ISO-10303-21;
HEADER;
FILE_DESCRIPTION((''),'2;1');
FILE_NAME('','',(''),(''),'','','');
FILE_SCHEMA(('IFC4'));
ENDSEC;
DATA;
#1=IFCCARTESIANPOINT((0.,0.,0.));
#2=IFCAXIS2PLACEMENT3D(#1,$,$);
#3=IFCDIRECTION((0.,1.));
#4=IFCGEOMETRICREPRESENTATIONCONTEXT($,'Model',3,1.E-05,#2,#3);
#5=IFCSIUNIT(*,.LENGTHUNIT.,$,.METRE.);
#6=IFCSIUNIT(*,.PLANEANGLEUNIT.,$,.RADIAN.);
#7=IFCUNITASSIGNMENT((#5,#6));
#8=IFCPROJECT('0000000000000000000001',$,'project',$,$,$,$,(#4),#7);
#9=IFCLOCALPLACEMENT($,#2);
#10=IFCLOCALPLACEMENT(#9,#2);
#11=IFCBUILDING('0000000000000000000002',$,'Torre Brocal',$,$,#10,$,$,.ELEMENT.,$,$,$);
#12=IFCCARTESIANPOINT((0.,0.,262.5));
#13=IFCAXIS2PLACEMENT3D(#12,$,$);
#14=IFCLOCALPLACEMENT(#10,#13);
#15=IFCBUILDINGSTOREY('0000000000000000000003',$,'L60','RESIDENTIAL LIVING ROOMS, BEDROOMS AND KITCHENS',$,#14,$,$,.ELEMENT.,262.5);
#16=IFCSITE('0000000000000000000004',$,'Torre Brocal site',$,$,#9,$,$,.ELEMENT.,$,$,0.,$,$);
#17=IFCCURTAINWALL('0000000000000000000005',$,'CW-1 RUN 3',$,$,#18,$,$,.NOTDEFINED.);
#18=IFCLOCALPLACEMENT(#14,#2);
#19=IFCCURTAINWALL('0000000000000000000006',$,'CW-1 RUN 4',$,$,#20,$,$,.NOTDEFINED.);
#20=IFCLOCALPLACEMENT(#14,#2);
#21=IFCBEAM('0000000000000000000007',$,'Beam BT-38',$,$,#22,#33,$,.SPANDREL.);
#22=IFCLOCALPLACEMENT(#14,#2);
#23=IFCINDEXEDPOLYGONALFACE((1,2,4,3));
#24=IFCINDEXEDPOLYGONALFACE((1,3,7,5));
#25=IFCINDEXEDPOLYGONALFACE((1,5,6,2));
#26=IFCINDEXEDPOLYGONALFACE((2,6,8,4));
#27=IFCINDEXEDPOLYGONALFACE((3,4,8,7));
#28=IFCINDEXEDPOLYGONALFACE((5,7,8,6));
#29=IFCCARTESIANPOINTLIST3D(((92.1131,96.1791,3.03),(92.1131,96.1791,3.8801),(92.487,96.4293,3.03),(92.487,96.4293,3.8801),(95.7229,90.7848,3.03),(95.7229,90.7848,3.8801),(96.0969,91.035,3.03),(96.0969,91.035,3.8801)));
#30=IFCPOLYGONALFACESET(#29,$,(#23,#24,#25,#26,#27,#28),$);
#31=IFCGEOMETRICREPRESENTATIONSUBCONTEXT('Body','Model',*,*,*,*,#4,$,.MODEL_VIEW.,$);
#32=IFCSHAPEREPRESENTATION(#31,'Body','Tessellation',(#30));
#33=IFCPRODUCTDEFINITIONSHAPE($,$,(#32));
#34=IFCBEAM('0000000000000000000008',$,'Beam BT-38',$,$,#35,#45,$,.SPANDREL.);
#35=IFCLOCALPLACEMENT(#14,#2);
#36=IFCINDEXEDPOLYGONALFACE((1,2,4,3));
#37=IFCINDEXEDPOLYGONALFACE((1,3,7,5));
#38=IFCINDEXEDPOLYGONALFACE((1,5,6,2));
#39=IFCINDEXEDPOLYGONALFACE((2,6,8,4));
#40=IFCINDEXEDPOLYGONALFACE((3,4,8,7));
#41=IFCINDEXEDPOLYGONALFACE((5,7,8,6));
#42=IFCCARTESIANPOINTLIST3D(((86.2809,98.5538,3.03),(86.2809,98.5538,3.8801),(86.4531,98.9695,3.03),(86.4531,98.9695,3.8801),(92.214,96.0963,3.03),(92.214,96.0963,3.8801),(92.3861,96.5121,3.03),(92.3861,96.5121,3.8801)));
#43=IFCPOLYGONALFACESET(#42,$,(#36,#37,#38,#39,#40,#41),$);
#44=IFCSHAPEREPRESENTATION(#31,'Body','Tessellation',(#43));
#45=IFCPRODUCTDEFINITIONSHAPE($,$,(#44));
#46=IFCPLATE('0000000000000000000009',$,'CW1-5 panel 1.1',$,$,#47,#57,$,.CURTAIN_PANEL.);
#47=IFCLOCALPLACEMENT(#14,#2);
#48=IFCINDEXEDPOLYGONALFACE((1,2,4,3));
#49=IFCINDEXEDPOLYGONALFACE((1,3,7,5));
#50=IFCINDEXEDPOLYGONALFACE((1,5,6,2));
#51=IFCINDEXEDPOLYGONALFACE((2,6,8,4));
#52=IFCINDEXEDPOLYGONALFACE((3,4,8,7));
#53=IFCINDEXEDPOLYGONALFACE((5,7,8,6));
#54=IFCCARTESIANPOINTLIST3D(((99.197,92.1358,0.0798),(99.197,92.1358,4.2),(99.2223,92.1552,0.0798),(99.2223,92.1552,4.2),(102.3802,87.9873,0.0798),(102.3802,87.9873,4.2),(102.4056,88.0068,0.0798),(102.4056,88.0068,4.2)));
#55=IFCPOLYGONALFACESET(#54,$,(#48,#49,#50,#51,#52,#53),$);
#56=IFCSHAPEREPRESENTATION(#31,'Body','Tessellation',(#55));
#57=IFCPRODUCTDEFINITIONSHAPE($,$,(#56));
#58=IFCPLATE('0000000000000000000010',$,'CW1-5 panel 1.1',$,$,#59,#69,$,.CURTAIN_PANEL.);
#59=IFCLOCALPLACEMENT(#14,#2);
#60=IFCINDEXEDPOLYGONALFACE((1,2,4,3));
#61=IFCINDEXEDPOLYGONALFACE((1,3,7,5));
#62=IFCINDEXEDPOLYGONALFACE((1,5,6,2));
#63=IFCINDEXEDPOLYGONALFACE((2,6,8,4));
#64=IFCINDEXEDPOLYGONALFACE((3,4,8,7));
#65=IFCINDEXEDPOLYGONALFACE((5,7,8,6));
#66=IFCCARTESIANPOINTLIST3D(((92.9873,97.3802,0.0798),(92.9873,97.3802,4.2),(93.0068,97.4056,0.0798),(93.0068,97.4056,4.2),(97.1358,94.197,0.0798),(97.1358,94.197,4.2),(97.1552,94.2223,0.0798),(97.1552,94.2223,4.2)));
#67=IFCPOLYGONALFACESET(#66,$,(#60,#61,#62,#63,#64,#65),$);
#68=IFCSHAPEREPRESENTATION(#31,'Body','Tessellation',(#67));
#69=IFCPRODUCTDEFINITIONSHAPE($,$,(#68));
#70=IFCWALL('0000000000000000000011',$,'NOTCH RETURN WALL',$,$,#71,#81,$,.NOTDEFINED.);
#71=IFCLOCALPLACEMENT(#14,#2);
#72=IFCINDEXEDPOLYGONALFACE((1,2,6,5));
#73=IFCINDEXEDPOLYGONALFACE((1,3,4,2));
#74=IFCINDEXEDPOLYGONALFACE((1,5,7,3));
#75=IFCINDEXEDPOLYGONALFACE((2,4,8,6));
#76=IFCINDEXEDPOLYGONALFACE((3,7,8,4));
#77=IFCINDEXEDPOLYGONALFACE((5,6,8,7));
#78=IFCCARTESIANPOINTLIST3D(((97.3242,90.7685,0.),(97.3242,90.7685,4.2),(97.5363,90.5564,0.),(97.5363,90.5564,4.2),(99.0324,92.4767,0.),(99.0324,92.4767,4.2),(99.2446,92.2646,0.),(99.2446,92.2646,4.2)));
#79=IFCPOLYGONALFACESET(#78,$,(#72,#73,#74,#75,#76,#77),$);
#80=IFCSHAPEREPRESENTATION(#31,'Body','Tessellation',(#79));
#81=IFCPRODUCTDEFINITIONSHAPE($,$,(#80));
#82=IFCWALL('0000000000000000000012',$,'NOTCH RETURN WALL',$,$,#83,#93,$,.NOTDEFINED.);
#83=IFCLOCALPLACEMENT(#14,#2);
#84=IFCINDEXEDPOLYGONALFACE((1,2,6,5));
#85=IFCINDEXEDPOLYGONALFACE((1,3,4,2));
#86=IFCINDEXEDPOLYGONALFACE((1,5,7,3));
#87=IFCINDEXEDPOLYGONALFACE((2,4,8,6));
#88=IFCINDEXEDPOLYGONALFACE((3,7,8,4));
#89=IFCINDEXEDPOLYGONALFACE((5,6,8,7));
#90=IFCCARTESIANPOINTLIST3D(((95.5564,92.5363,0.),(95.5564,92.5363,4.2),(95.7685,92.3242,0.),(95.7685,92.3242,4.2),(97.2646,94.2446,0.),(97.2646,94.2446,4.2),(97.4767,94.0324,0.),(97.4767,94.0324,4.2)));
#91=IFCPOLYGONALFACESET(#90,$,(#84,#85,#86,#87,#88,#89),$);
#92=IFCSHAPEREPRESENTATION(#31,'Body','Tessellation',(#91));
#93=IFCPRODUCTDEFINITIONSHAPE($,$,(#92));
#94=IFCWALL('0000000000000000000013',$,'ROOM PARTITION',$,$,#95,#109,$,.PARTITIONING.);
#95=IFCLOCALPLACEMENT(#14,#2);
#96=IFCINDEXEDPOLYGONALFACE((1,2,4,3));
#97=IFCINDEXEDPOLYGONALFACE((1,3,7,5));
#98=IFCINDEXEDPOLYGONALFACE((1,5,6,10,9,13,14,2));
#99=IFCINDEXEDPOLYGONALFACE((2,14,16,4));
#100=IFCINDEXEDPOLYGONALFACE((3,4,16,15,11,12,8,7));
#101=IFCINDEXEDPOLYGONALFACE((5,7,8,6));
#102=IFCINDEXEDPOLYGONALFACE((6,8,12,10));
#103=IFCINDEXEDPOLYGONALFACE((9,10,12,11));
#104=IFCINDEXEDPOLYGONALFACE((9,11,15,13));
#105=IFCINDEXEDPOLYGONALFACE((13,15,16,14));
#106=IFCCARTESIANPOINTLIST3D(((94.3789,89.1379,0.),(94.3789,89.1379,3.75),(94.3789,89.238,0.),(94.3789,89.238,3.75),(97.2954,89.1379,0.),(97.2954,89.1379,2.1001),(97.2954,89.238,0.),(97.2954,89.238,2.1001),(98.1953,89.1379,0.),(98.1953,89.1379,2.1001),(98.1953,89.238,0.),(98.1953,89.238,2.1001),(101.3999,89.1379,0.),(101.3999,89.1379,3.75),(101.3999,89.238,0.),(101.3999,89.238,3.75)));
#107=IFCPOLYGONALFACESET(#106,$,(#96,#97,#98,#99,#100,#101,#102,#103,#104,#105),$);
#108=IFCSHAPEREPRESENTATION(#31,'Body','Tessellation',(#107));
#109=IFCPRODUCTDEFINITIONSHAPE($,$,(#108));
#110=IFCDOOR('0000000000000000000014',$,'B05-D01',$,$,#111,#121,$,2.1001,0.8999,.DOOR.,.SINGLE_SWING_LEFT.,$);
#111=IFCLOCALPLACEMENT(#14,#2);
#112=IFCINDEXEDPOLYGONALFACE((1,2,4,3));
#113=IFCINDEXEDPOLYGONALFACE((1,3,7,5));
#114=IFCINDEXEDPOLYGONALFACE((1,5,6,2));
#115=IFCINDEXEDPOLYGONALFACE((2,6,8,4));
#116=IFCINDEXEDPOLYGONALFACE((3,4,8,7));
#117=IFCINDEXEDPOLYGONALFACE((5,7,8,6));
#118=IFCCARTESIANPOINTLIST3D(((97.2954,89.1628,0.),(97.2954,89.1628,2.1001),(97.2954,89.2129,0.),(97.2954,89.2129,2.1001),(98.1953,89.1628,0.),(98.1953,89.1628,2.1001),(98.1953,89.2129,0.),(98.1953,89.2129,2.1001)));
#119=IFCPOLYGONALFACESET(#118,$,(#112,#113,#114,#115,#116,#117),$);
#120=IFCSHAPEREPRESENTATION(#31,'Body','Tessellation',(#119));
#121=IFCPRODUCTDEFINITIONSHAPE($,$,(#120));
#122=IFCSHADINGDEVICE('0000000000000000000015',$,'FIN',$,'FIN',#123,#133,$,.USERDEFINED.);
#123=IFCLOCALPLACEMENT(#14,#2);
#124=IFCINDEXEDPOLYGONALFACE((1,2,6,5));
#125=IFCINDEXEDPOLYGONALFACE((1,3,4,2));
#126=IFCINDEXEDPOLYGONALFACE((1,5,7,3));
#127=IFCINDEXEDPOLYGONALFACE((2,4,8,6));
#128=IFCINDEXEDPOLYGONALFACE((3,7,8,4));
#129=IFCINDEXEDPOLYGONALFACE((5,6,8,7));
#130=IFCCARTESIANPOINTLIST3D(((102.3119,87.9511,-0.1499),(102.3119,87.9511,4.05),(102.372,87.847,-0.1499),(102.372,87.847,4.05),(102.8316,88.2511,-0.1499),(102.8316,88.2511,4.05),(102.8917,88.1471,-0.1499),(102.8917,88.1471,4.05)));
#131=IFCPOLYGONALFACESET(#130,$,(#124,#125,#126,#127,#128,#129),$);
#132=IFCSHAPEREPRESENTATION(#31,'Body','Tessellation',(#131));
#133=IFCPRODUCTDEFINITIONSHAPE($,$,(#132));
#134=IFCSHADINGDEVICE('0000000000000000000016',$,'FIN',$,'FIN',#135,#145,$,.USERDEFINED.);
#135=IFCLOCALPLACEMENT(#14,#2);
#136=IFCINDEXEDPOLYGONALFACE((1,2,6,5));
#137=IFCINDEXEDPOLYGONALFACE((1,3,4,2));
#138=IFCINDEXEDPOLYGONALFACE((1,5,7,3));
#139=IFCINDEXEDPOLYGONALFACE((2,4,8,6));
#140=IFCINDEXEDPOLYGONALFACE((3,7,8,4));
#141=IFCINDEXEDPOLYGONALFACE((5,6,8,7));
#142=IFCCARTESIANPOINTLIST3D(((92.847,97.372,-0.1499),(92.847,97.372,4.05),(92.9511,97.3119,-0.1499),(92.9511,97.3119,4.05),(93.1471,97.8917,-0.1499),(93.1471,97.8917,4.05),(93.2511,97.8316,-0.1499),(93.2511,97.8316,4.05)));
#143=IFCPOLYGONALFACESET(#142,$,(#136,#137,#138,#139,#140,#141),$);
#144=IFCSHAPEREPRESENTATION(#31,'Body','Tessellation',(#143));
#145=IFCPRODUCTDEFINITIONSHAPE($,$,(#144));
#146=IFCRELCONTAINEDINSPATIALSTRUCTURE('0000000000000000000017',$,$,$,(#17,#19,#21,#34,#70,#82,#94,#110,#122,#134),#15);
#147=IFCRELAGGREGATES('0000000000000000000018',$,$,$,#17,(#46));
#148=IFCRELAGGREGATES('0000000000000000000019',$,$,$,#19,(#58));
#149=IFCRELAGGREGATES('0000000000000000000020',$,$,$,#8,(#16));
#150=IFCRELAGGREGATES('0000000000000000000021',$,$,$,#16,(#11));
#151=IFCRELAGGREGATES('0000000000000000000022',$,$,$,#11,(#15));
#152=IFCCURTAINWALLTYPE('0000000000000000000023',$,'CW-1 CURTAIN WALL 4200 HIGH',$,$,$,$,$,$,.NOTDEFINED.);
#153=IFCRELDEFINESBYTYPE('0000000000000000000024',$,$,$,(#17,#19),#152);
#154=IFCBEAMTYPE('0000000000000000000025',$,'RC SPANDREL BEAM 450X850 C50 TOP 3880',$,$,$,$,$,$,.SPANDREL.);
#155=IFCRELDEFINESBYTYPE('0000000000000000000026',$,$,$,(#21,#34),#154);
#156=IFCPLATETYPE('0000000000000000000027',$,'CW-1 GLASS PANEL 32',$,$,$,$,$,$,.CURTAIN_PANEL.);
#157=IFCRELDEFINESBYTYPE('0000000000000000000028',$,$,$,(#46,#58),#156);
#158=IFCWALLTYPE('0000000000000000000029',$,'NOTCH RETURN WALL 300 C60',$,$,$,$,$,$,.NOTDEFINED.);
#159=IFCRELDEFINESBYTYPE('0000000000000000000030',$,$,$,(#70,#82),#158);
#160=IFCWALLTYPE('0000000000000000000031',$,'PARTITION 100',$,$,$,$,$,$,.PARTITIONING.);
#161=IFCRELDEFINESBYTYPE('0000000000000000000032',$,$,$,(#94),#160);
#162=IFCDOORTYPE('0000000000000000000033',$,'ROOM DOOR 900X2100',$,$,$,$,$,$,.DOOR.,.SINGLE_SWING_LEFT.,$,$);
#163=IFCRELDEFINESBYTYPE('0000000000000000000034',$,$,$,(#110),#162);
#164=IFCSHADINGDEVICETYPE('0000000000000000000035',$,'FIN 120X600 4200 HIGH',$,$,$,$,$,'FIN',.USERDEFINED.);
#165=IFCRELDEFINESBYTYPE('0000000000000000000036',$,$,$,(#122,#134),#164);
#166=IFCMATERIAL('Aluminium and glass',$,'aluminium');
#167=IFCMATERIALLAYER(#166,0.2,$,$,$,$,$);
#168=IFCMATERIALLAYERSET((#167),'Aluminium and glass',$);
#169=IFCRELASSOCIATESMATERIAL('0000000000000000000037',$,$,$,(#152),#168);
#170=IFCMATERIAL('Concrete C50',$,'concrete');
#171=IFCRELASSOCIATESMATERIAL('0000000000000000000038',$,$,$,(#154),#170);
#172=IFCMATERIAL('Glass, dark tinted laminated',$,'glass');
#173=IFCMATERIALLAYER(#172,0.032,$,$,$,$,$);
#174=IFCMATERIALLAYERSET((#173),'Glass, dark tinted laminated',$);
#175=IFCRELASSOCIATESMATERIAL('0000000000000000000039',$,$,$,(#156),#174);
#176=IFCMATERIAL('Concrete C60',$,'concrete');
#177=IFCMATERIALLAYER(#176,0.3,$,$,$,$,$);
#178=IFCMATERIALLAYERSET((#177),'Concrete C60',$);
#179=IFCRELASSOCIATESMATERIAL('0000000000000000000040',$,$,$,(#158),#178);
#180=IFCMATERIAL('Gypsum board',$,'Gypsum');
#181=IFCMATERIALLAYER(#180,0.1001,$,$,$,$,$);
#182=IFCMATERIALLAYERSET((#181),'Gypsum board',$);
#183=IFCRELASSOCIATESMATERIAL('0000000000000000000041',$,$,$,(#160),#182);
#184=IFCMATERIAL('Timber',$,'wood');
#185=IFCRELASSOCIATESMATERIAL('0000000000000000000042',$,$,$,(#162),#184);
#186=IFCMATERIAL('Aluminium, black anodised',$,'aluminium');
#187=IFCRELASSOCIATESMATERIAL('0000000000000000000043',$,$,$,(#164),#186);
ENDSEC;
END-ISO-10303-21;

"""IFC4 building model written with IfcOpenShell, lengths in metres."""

from ifc_helpers import new_model, si_unit, direction, frame, frame_2d, origin, origin_2d, place, context, subcontext, project, spatial, rectangle, extrude, material, layer, layer_set, material_profile, profile_set, type_object, element, fill, aggregate, save


model = new_model("IFC4")

# Units and contexts
model_context = context("Model", 3, precision=1e-05, world=origin(), true_north=direction((0.0, 1.0)))
body_context = subcontext(model_context, "Body", "Model", "MODEL_VIEW")
ifc_project = project(units=[si_unit("LENGTHUNIT", "METRE"), si_unit("PLANEANGLEUNIT", "RADIAN")], contexts=[model_context])

# Site, building, storey
site_placement = place(None, origin())
site = spatial("IfcSite", under=ifc_project, at=site_placement, Name="Torre Brocal site", CompositionType="ELEMENT", RefElevation=0.0)
building_placement = place(site_placement, origin())
building = spatial("IfcBuilding", under=site, at=building_placement, Name="Torre Brocal", CompositionType="ELEMENT")
storey_placement = place(building_placement, frame((0.0, 0.0, 262.5)))
storey = spatial("IfcBuildingStorey", under=building, at=storey_placement, Name="L60", Description="RESIDENTIAL LIVING ROOMS, BEDROOMS AND KITCHENS", CompositionType="ELEMENT", Elevation=262.5)

# Shared definitions
ifc_material_1 = material(Name="Aluminium and glass", Category="aluminium")
ifc_layer_1 = layer(ifc_material_1, 0.2)
ifc_layer_set_1 = layer_set([ifc_layer_1], Name="Aluminium and glass")
curtain_wall_type = type_object("IfcCurtainWallType", Name="CW-1 CURTAIN WALL 4200 HIGH", PredefinedType="NOTDEFINED", material=ifc_layer_set_1)

# Curtain walls
curtain_wall_1_placement = place(storey_placement, origin())
curtain_wall_1 = element("IfcCurtainWall", 1, at=curtain_wall_1_placement, inside=storey, type_object=curtain_wall_type, Name="CW-1 RUN 3", PredefinedType="NOTDEFINED")
curtain_wall_2_placement = place(storey_placement, origin())
curtain_wall_2 = element("IfcCurtainWall", 2, at=curtain_wall_2_placement, inside=storey, type_object=curtain_wall_type, Name="CW-1 RUN 4", PredefinedType="NOTDEFINED")

# Beams
ifc_material_2 = material(Name="Concrete C50", Category="concrete")
ifc_material_profile_1 = material_profile(ifc_material_2, rectangle(XDim=0.45, YDim=0.8501, at=origin_2d()), Name="RC 450X850")
ifc_profile_set_1 = profile_set([ifc_material_profile_1], Name="Concrete C50")
beam_type_1 = type_object("IfcBeamType", Name="RC SPANDREL BEAM 450X850 C50 TOP 3880", PredefinedType="SPANDREL", material=ifc_profile_set_1)
beam_1_placement = place(storey_placement, frame((95.9099, 90.9099, 3.4551), z_axis=(-0.556158, 0.831077, 0.0), x_axis=(-0.831077, -0.556158, 0.0)))
element("IfcBeam", 3, at=beam_1_placement, inside=storey, type_object=beam_type_1, Name="Beam BT-38", PredefinedType="SPANDREL", context=body_context, shape_type="SweptSolid", body=[
    extrude(rectangle(XDim=0.45, YDim=0.8501, at=origin_2d()), origin(), (0.0, 0.0, 1.0), 6.4907),
])
beam_2_placement = place(storey_placement, frame((92.3, 96.3042, 3.4551), z_axis=(-0.923882, 0.382676, 0.0), x_axis=(-0.382676, -0.923882, 0.0)))
element("IfcBeam", 4, at=beam_2_placement, inside=storey, type_object=beam_type_1, Name="Beam BT-38", PredefinedType="SPANDREL", context=body_context, shape_type="SweptSolid", body=[
    extrude(rectangle(XDim=0.45, YDim=0.8501, at=origin_2d()), origin(), (0.0, 0.0, 1.0), 6.4219),
])

# Plates
ifc_material_3 = material(Name="Glass, dark tinted laminated", Category="glass")
ifc_layer_2 = layer(ifc_material_3, 0.032)
ifc_layer_set_2 = layer_set([ifc_layer_2], Name="Glass, dark tinted laminated")
plate_type = type_object("IfcPlateType", Name="CW-1 GLASS PANEL 32", PredefinedType="CURTAIN_PANEL", material=ifc_layer_set_2)
plate_1_placement = place(storey_placement, frame((100.8013, 90.0713, 0.0798), z_axis=(0.0, 0.0, 1.0), x_axis=(-0.608761, 0.793353, 0.0)))
plate_1 = element("IfcPlate", 5, at=plate_1_placement, type_object=plate_type, Name="CW1-5 panel 1.1", PredefinedType="CURTAIN_PANEL", context=body_context, shape_type="SweptSolid", body=[
    extrude(rectangle(XDim=5.229, YDim=0.032, at=origin_2d()), origin(), (0.0, 0.0, 1.0), 4.1201),
])
aggregate(curtain_wall_1, [plate_1])
plate_2_placement = place(storey_placement, frame((95.0713, 95.8013, 0.0798), z_axis=(0.0, 0.0, 1.0), x_axis=(-0.793353, 0.608761, 0.0)))
plate_2 = element("IfcPlate", 6, at=plate_2_placement, type_object=plate_type, Name="CW1-5 panel 1.1", PredefinedType="CURTAIN_PANEL", context=body_context, shape_type="SweptSolid", body=[
    extrude(rectangle(XDim=5.229, YDim=0.032, at=origin_2d()), origin(), (0.0, 0.0, 1.0), 4.1201),
])
aggregate(curtain_wall_2, [plate_2])

# Walls
ifc_material_4 = material(Name="Concrete C60", Category="concrete")
ifc_layer_3 = layer(ifc_material_4, 0.3)
ifc_layer_set_3 = layer_set([ifc_layer_3], Name="Concrete C60")
wall_type_1 = type_object("IfcWallType", Name="NOTCH RETURN WALL 300 C60", PredefinedType="NOTDEFINED", material=ifc_layer_set_3)
for number, where, z_axis, x_axis, name in (
    (7, (97.4302, 90.6624, 0.0), (0.0, 0.0, 1.0), (0.707107, 0.707107, 0.0), "NOTCH RETURN WALL"),
    (8, (95.6624, 92.4302, 0.0), (0.0, 0.0, 1.0), (0.707107, 0.707107, 0.0), "NOTCH RETURN WALL"),
):
    element("IfcWall", number, at=place(storey_placement, frame(where, z_axis=z_axis, x_axis=x_axis)), inside=storey, type_object=wall_type_1, Name=name, PredefinedType="NOTDEFINED", context=body_context, shape_type="SweptSolid", body=[
        extrude(rectangle(XDim=2.4158, YDim=0.3, at=frame_2d((1.208, 0.0))), origin(), (0.0, 0.0, 1.0), 4.2),
    ])

# Wall, opening, door
ifc_material_5 = material(Name="Gypsum board", Category="Gypsum")
ifc_layer_4 = layer(ifc_material_5, 0.1001)
ifc_layer_set_4 = layer_set([ifc_layer_4], Name="Gypsum board")
wall_type_2 = type_object("IfcWallType", Name="PARTITION 100", PredefinedType="PARTITIONING", material=ifc_layer_set_4)
wall_placement = place(storey_placement, frame((94.3789, 89.188, 0.0), z_axis=(0.0, 0.0, 1.0), x_axis=(1.0, 0.0, 0.0)))
wall = element("IfcWall", 9, at=wall_placement, inside=storey, type_object=wall_type_2, Name="ROOM PARTITION", PredefinedType="PARTITIONING", context=body_context, shape_type="SweptSolid", body=[
    extrude(rectangle(XDim=7.021, YDim=0.1001, at=frame_2d((3.5105, 0.0))), origin(), (0.0, 0.0, 1.0), 3.75),
])
opening_placement = place(wall_placement, frame((2.9165, 0.0, 0.0)))
opening = element("IfcOpeningElement", 10, at=opening_placement, cuts=wall, PredefinedType="OPENING", context=body_context, shape_type="SweptSolid", body=[
    extrude(rectangle(XDim=0.8999, YDim=2.1001, at=frame_2d((0.45, 1.05))), frame((0.0, 0.0601, 0.0), z_axis=(0.0, -1.0, 0.0), x_axis=(1.0, 0.0, 0.0)), (0.0, 0.0, 1.0), 0.1201),
])
ifc_material_6 = material(Name="Timber", Category="wood")
door_type = type_object("IfcDoorType", Name="ROOM DOOR 900X2100", OperationType="SINGLE_SWING_LEFT", PredefinedType="DOOR", material=ifc_material_6)
door_placement = place(opening_placement, origin())
door = element("IfcDoor", 11, at=door_placement, inside=storey, type_object=door_type, Name="B05-D01", OperationType="SINGLE_SWING_LEFT", OverallHeight=2.1001, OverallWidth=0.8999, PredefinedType="DOOR", context=body_context, shape_type="SweptSolid", body=[
    extrude(rectangle(XDim=0.8999, YDim=2.1001, at=frame_2d((0.45, 1.05))), frame((0.0, 0.0249, 0.0), z_axis=(0.0, -1.0, 0.0), x_axis=(1.0, 0.0, 0.0)), (0.0, 0.0, 1.0), 0.05),
])
fill(opening, door)

# Shading devices
ifc_material_7 = material(Name="Aluminium, black anodised", Category="aluminium")
ifc_material_profile_2 = material_profile(ifc_material_7, rectangle(XDim=0.1201, YDim=0.6001, at=origin_2d()), Name="FIN 120X600 4200 HIGH")
ifc_profile_set_2 = profile_set([ifc_material_profile_2], Name="Aluminium, black anodised")
shading_device_type = type_object("IfcShadingDeviceType", Name="FIN 120X600 4200 HIGH", ElementType="FIN", PredefinedType="USERDEFINED", material=ifc_profile_set_2)
for number, where, z_axis, x_axis, name in (
    (12, (102.6018, 88.0491, -0.1499), (0.0, 0.0, 1.0), (-0.5, 0.866025, 0.0), "FIN"),
    (13, (93.0491, 97.6018, -0.1499), (0.0, 0.0, 1.0), (-0.866025, 0.5, 0.0), "FIN"),
):
    element("IfcShadingDevice", number, at=place(storey_placement, frame(where, z_axis=z_axis, x_axis=x_axis)), inside=storey, type_object=shading_device_type, Name=name, ObjectType="FIN", PredefinedType="USERDEFINED", context=body_context, shape_type="SweptSolid", body=[
        extrude(rectangle(XDim=0.1201, YDim=0.6001, at=origin_2d()), origin(), (0.0, 0.0, 1.0), 4.2),
    ])

save(model, "model.ifc")
